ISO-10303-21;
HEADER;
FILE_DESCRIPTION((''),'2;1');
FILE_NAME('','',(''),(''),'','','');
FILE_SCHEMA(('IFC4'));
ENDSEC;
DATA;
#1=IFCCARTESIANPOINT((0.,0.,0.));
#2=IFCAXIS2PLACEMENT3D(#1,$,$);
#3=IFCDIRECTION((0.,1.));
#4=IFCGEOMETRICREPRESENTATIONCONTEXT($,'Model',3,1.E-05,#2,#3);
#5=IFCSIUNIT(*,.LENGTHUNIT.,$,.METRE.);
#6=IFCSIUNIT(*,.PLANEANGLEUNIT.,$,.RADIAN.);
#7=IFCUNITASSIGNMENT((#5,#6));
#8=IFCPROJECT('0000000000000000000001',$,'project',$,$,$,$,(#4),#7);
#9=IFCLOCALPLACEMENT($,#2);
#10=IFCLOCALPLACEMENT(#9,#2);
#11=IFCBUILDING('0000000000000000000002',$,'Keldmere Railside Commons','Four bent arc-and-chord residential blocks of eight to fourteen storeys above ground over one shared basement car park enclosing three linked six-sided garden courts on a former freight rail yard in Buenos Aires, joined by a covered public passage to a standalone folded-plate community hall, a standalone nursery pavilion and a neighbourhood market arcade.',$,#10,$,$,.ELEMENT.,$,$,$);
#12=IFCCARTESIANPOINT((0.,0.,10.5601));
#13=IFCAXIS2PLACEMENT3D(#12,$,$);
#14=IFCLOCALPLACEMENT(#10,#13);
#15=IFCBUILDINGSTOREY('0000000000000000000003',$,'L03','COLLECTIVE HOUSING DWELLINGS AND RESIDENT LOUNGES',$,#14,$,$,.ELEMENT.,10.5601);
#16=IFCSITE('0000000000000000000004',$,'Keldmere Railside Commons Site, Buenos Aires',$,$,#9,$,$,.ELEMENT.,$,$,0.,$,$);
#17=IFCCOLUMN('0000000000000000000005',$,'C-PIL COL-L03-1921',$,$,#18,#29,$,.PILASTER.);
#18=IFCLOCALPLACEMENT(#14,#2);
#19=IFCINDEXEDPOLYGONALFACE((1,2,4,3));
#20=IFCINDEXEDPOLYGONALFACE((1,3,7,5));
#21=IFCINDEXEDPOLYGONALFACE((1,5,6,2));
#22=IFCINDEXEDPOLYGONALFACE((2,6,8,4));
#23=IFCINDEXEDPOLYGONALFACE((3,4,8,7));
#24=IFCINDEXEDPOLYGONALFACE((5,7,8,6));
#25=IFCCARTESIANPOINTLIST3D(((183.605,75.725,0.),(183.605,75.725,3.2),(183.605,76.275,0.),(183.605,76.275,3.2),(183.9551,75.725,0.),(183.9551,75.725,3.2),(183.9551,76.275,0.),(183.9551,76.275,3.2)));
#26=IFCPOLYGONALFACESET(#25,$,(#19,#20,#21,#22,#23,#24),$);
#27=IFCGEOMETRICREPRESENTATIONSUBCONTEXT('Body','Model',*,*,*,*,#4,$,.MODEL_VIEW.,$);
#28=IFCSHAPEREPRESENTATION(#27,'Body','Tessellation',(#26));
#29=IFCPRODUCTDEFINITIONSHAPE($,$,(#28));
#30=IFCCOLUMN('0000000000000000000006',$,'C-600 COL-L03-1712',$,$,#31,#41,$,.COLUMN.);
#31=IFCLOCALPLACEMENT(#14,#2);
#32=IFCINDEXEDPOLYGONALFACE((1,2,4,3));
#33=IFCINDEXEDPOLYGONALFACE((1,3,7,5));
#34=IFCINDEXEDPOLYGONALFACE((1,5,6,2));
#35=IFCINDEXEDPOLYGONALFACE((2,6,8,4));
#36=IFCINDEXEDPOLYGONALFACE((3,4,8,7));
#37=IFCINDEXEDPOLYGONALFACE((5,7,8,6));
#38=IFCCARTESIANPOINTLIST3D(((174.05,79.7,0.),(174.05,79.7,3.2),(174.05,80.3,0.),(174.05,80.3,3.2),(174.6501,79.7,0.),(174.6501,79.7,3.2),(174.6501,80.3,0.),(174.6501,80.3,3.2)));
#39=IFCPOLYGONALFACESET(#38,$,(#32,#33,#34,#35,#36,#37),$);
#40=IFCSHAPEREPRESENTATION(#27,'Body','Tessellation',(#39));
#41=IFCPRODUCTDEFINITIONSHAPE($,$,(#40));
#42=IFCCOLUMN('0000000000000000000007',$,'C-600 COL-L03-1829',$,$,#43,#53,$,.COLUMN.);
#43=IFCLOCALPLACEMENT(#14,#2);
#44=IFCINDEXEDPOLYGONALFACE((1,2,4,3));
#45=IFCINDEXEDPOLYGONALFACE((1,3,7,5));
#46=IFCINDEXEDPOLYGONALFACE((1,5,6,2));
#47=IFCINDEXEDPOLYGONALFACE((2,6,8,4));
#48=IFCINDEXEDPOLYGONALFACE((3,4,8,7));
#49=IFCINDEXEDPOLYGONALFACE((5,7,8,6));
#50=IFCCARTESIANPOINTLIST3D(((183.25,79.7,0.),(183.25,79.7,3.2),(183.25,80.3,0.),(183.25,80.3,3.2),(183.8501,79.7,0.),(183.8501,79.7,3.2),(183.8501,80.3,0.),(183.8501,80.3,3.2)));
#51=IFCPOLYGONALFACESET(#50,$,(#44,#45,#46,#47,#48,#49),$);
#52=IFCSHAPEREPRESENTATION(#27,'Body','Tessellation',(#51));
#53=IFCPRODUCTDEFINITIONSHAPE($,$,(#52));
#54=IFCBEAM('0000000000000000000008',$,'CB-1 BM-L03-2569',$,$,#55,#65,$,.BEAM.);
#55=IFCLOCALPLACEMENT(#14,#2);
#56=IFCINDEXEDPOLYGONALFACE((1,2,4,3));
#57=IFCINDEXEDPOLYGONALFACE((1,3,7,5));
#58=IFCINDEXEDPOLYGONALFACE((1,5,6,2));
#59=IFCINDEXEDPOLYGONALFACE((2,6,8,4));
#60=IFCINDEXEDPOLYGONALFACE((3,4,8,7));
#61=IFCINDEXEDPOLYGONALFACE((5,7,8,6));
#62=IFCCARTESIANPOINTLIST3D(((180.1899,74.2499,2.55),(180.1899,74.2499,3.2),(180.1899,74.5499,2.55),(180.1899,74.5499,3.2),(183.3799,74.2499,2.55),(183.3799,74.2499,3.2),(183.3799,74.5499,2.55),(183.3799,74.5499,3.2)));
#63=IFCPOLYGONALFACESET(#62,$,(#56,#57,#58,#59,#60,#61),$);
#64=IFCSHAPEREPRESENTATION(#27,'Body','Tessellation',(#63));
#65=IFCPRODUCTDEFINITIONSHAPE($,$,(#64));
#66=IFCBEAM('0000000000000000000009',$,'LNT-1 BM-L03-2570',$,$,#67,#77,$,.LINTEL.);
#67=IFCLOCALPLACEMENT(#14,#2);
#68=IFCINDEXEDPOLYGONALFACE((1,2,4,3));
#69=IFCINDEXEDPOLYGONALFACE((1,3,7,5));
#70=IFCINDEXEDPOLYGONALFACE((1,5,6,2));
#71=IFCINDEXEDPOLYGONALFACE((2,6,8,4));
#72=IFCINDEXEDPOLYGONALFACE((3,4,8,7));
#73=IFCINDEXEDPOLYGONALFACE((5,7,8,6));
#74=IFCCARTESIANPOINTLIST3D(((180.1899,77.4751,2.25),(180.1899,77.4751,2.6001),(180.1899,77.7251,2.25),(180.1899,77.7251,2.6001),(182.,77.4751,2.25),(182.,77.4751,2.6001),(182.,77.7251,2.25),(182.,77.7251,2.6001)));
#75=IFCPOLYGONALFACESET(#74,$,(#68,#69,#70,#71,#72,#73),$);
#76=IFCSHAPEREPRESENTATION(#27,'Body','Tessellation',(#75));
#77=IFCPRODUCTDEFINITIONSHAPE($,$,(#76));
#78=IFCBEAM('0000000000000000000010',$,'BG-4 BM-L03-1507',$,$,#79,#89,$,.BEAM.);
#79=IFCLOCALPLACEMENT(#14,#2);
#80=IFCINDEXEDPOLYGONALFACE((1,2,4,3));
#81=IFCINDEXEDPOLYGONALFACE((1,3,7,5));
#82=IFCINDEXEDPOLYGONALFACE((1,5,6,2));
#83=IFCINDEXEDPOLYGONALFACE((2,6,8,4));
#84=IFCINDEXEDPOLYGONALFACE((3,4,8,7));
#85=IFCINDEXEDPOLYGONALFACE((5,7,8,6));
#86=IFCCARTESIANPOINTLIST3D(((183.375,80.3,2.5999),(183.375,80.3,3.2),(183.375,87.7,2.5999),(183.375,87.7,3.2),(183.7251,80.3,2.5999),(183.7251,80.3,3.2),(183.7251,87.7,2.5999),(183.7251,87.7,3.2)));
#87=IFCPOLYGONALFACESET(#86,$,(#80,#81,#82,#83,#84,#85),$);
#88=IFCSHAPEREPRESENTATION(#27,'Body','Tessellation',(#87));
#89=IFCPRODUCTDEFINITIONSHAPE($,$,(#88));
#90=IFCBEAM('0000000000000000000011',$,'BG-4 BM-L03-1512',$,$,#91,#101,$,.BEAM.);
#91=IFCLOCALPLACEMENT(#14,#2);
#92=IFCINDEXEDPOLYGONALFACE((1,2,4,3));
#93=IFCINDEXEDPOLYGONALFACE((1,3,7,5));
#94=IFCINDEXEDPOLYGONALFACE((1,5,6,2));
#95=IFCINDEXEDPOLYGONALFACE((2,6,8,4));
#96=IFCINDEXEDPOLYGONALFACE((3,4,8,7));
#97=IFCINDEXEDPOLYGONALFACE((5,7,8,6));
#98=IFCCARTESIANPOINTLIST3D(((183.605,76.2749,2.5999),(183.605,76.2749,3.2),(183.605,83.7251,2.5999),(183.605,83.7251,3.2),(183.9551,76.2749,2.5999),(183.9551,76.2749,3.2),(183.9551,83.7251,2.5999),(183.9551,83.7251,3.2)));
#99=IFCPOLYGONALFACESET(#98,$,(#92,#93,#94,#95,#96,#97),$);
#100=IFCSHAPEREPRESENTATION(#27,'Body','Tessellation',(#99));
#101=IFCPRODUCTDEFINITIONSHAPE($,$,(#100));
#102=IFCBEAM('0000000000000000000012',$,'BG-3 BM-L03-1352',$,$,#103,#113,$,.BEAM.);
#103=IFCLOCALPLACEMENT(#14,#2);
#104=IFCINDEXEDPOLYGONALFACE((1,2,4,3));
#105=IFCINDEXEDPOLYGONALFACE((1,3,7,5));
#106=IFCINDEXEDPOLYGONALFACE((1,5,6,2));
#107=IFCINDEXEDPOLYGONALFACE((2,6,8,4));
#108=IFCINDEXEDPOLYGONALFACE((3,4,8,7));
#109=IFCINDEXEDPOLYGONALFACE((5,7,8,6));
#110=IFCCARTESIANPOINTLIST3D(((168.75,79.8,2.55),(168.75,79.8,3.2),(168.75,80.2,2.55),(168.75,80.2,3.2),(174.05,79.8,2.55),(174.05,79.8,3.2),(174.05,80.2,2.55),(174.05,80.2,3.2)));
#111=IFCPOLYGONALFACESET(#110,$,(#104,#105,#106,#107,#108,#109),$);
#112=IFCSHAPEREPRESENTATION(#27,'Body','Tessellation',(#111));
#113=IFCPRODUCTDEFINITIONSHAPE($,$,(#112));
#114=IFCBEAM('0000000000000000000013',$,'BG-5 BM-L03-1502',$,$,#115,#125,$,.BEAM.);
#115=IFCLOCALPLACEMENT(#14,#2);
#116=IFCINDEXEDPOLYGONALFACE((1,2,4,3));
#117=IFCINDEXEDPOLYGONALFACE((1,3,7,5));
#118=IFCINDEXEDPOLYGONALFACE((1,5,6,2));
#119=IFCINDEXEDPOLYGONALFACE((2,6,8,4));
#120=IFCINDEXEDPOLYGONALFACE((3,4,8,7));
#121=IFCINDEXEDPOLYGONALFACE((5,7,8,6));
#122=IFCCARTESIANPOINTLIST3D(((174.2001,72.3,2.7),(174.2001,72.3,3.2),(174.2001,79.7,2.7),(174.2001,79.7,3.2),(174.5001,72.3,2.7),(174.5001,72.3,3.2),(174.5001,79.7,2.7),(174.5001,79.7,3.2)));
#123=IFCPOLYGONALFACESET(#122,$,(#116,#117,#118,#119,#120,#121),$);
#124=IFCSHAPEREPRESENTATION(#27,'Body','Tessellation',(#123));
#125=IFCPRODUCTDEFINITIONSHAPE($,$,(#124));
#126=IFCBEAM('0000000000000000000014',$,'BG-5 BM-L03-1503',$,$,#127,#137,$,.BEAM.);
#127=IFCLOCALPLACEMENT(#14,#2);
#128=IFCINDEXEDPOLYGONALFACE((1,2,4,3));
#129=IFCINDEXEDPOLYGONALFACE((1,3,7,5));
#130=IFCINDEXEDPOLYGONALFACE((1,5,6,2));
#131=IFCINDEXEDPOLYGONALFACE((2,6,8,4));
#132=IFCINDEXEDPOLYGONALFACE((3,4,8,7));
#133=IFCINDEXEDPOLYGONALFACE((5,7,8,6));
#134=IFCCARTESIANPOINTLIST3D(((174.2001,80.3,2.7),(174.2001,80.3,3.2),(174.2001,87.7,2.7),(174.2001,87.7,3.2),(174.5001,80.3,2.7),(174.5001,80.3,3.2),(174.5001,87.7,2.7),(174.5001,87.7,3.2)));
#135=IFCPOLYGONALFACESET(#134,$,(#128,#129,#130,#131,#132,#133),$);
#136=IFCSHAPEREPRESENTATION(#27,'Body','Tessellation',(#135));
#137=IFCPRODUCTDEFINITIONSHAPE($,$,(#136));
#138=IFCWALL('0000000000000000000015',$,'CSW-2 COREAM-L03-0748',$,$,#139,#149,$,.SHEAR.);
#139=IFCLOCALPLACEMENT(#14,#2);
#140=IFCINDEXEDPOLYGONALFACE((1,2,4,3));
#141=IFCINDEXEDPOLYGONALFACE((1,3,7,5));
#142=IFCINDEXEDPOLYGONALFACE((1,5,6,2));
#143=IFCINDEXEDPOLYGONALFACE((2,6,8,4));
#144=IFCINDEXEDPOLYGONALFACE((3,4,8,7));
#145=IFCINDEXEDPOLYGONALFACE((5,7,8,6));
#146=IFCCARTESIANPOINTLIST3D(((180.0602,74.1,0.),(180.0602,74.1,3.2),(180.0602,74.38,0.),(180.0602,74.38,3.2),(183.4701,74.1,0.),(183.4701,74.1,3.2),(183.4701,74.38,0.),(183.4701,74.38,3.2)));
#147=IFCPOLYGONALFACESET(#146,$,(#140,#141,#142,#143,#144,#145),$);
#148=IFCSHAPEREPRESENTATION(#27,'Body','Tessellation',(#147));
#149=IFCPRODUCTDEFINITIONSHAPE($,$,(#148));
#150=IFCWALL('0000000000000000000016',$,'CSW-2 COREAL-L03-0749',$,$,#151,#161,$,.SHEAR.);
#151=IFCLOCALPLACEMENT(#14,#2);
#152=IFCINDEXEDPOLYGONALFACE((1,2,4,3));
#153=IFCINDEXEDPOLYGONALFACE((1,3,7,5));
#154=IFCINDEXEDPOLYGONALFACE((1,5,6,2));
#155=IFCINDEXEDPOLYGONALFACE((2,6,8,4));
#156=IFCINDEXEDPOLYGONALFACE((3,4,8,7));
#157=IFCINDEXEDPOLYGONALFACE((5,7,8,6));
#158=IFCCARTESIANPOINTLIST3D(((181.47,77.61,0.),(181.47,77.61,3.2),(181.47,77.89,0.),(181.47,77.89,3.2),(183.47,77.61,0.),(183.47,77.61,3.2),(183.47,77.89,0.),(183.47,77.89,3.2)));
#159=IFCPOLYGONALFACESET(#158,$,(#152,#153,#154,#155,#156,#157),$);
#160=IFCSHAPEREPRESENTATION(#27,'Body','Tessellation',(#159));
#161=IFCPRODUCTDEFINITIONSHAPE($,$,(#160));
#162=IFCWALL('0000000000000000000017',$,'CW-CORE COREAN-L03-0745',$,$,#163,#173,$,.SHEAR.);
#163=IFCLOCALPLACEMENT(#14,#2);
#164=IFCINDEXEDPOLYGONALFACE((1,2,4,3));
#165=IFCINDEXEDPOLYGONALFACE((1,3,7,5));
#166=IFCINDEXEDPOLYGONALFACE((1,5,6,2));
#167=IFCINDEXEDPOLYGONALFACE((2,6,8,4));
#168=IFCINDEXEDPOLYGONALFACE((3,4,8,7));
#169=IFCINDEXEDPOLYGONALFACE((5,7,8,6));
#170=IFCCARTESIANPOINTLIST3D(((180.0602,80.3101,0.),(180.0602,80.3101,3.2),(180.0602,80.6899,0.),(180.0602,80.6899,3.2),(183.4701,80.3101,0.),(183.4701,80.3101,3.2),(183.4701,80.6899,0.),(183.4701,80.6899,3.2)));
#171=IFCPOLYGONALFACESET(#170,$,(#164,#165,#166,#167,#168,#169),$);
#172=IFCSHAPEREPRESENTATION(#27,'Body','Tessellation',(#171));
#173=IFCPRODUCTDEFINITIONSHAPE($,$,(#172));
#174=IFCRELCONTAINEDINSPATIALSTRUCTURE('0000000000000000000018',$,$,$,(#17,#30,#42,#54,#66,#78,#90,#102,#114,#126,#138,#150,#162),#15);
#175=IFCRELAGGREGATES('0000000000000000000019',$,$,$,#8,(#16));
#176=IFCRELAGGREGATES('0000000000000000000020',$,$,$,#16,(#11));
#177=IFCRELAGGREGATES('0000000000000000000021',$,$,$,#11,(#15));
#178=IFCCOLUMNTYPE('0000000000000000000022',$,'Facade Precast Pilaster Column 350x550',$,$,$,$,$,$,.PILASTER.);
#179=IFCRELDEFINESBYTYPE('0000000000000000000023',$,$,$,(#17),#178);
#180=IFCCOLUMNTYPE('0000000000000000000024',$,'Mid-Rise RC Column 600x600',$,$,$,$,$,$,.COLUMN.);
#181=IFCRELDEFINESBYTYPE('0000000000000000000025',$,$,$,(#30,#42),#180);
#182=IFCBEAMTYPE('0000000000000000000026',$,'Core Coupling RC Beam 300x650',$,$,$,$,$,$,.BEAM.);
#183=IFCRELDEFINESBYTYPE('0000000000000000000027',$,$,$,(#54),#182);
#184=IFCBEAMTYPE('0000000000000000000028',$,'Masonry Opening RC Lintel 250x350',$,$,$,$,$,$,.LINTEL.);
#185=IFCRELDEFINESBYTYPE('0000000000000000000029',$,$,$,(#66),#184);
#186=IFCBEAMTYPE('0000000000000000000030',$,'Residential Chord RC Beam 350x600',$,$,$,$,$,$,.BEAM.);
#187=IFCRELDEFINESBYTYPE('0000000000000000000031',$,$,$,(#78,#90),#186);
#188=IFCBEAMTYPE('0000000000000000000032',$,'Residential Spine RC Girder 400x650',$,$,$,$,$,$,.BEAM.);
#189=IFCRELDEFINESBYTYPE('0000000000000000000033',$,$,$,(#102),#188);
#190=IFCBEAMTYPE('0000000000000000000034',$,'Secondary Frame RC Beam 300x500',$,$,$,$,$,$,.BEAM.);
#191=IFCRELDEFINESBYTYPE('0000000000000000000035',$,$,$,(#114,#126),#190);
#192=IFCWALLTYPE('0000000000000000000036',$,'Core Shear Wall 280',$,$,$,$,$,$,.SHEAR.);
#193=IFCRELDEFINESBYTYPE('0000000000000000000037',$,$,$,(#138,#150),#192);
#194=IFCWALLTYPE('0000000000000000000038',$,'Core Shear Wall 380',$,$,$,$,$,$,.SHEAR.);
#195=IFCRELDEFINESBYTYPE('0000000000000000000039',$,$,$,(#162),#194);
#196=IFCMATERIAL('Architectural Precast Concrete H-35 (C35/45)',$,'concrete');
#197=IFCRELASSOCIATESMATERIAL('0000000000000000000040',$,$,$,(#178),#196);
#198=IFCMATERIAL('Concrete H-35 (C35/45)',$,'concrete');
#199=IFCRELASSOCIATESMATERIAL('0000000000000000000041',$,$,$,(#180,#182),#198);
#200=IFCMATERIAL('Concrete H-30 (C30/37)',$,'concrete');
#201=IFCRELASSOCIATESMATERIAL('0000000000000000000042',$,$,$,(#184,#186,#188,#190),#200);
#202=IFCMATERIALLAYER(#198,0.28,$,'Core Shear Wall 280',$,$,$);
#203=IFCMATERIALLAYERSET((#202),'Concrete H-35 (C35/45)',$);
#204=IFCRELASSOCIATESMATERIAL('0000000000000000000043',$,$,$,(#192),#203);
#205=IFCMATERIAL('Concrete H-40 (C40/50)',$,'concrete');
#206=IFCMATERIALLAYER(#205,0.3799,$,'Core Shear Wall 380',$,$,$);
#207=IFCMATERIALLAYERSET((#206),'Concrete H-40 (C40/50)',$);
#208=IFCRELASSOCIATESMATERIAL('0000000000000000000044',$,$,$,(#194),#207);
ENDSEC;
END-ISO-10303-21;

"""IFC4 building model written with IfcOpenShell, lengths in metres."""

from ifc_helpers import new_model, si_unit, direction, frame, frame_2d, origin, origin_2d, place, context, subcontext, project, spatial, rectangle, extrude, material, layer, layer_set, material_profile, profile_set, type_object, element, save


model = new_model("IFC4")

# Units and contexts
model_context = context("Model", 3, precision=1e-05, world=origin(), true_north=direction((0.0, 1.0)))
body_context = subcontext(model_context, "Body", "Model", "MODEL_VIEW")
ifc_project = project(units=[si_unit("LENGTHUNIT", "METRE"), si_unit("PLANEANGLEUNIT", "RADIAN")], contexts=[model_context])

# Site, building, storey
site_placement = place(None, origin())
site = spatial("IfcSite", under=ifc_project, at=site_placement, Name="Keldmere Railside Commons Site, Buenos Aires", CompositionType="ELEMENT", RefElevation=0.0)
building_placement = place(site_placement, origin())
building = spatial("IfcBuilding", under=site, at=building_placement, Name="Keldmere Railside Commons", Description="Four bent arc-and-chord residential blocks of eight to fourteen storeys above ground over one shared basement car park enclosing three linked six-sided garden courts on a former freight rail yard in Buenos Aires, joined by a covered public passage to a standalone folded-plate community hall, a standalone nursery pavilion and a neighbourhood market arcade.", CompositionType="ELEMENT")
storey_placement = place(building_placement, frame((0.0, 0.0, 10.5601)))
storey = spatial("IfcBuildingStorey", under=building, at=storey_placement, Name="L03", Description="COLLECTIVE HOUSING DWELLINGS AND RESIDENT LOUNGES", CompositionType="ELEMENT", Elevation=10.5601)

# Columns
ifc_material_1 = material(Name="Architectural Precast Concrete H-35 (C35/45)", Category="concrete")
ifc_material_profile_1 = material_profile(ifc_material_1, rectangle(XDim=0.3501, YDim=0.55, at=origin_2d()), Name="RC-350x550")
ifc_profile_set_1 = profile_set([ifc_material_profile_1], Name="Architectural Precast Concrete H-35 (C35/45)")
column_type_1 = type_object("IfcColumnType", Name="Facade Precast Pilaster Column 350x550", PredefinedType="PILASTER", material=ifc_profile_set_1)
column_placement = place(storey_placement, frame((183.78, 76.0, 0.0), z_axis=(0.0, 0.0, 1.0), x_axis=(1.0, 0.0, 0.0)))
element("IfcColumn", 1, at=column_placement, inside=storey, type_object=column_type_1, Name="C-PIL COL-L03-1921", PredefinedType="PILASTER", context=body_context, shape_type="SweptSolid", body=[
    extrude(rectangle(XDim=0.3501, YDim=0.55, at=origin_2d()), origin(), (0.0, 0.0, 1.0), 3.2),
])
ifc_material_2 = material(Name="Concrete H-35 (C35/45)", Category="concrete")
ifc_material_profile_2 = material_profile(ifc_material_2, rectangle(XDim=0.6001, YDim=0.6001, at=origin_2d()), Name="RC-600x600")
ifc_profile_set_2 = profile_set([ifc_material_profile_2], Name="Concrete H-35 (C35/45)")
column_type_2 = type_object("IfcColumnType", Name="Mid-Rise RC Column 600x600", PredefinedType="COLUMN", material=ifc_profile_set_2)
for number, where, z_axis, x_axis, name in (
    (2, (174.3501, 80.0, 0.0), (0.0, 0.0, 1.0), (1.0, 0.0, 0.0), "C-600 COL-L03-1712"),
    (3, (183.55, 80.0, 0.0), (0.0, 0.0, 1.0), (1.0, 0.0, 0.0), "C-600 COL-L03-1829"),
):
    element("IfcColumn", number, at=place(storey_placement, frame(where, z_axis=z_axis, x_axis=x_axis)), inside=storey, type_object=column_type_2, Name=name, PredefinedType="COLUMN", context=body_context, shape_type="SweptSolid", body=[
        extrude(rectangle(XDim=0.6001, YDim=0.6001, at=origin_2d()), origin(), (0.0, 0.0, 1.0), 3.2),
    ])

# Beams
ifc_material_profile_3 = material_profile(ifc_material_2, rectangle(XDim=0.3, YDim=0.6499, at=origin_2d()), Name="RC-300x650")
ifc_profile_set_3 = profile_set([ifc_material_profile_3], Name="Concrete H-35 (C35/45)")
beam_type_1 = type_object("IfcBeamType", Name="Core Coupling RC Beam 300x650", PredefinedType="BEAM", material=ifc_profile_set_3)
beam_1_placement = place(storey_placement, frame((180.1899, 74.3999, 2.875), z_axis=(1.0, 0.0, 0.0), x_axis=(0.0, 1.0, 0.0)))
element("IfcBeam", 4, at=beam_1_placement, inside=storey, type_object=beam_type_1, Name="CB-1 BM-L03-2569", PredefinedType="BEAM", context=body_context, shape_type="SweptSolid", body=[
    extrude(rectangle(XDim=0.3, YDim=0.6499, at=origin_2d()), origin(), (0.0, 0.0, 1.0), 3.1899),
])
ifc_material_3 = material(Name="Concrete H-30 (C30/37)", Category="concrete")
ifc_material_profile_4 = material_profile(ifc_material_3, rectangle(XDim=0.25, YDim=0.3501, at=origin_2d()), Name="RC-250x350")
ifc_profile_set_4 = profile_set([ifc_material_profile_4], Name="Concrete H-30 (C30/37)")
beam_type_2 = type_object("IfcBeamType", Name="Masonry Opening RC Lintel 250x350", PredefinedType="LINTEL", material=ifc_profile_set_4)
beam_2_placement = place(storey_placement, frame((180.1899, 77.6001, 2.425), z_axis=(1.0, 0.0, 0.0), x_axis=(0.0, 1.0, 0.0)))
element("IfcBeam", 5, at=beam_2_placement, inside=storey, type_object=beam_type_2, Name="LNT-1 BM-L03-2570", PredefinedType="LINTEL", context=body_context, shape_type="SweptSolid", body=[
    extrude(rectangle(XDim=0.25, YDim=0.3501, at=origin_2d()), origin(), (0.0, 0.0, 1.0), 1.8101),
])
ifc_material_profile_5 = material_profile(ifc_material_3, rectangle(XDim=0.3501, YDim=0.6001, at=origin_2d()), Name="RC-350x600")
ifc_profile_set_5 = profile_set([ifc_material_profile_5], Name="Concrete H-30 (C30/37)")
beam_type_3 = type_object("IfcBeamType", Name="Residential Chord RC Beam 350x600", PredefinedType="BEAM", material=ifc_profile_set_5)
beam_3_placement = place(storey_placement, frame((183.55, 80.3, 2.8999), z_axis=(0.0, 1.0, 0.0), x_axis=(-1.0, 0.0, 0.0)))
element("IfcBeam", 6, at=beam_3_placement, inside=storey, type_object=beam_type_3, Name="BG-4 BM-L03-1507", PredefinedType="BEAM", context=body_context, shape_type="SweptSolid", body=[
    extrude(rectangle(XDim=0.3501, YDim=0.6001, at=origin_2d()), origin(), (0.0, 0.0, 1.0), 7.3999),
])
beam_4_placement = place(storey_placement, frame((183.78, 76.2749, 2.8999), z_axis=(0.0, 1.0, 0.0), x_axis=(-1.0, 0.0, 0.0)))
element("IfcBeam", 7, at=beam_4_placement, inside=storey, type_object=beam_type_3, Name="BG-4 BM-L03-1512", PredefinedType="BEAM", context=body_context, shape_type="SweptSolid", body=[
    extrude(rectangle(XDim=0.3501, YDim=0.6001, at=origin_2d()), origin(), (0.0, 0.0, 1.0), 7.4502),
])
ifc_material_profile_6 = material_profile(ifc_material_3, rectangle(XDim=0.3999, YDim=0.6499, at=origin_2d()), Name="RC-400x650")
ifc_profile_set_6 = profile_set([ifc_material_profile_6], Name="Concrete H-30 (C30/37)")
beam_type_4 = type_object("IfcBeamType", Name="Residential Spine RC Girder 400x650", PredefinedType="BEAM", material=ifc_profile_set_6)
beam_5_placement = place(storey_placement, frame((168.75, 80.0, 2.875), z_axis=(1.0, 0.0, 0.0), x_axis=(0.0, 1.0, 0.0)))
element("IfcBeam", 8, at=beam_5_placement, inside=storey, type_object=beam_type_4, Name="BG-3 BM-L03-1352", PredefinedType="BEAM", context=body_context, shape_type="SweptSolid", body=[
    extrude(rectangle(XDim=0.3999, YDim=0.6499, at=origin_2d()), origin(), (0.0, 0.0, 1.0), 5.3),
])
ifc_material_profile_7 = material_profile(ifc_material_3, rectangle(XDim=0.3, YDim=0.5, at=origin_2d()), Name="RC-300x500")
ifc_profile_set_7 = profile_set([ifc_material_profile_7], Name="Concrete H-30 (C30/37)")
beam_type_5 = type_object("IfcBeamType", Name="Secondary Frame RC Beam 300x500", PredefinedType="BEAM", material=ifc_profile_set_7)
for number, where, z_axis, x_axis, name in (
    (9, (174.3501, 72.3, 2.95), (0.0, 1.0, 0.0), (-1.0, 0.0, 0.0), "BG-5 BM-L03-1502"),
    (10, (174.3501, 80.3, 2.95), (0.0, 1.0, 0.0), (-1.0, 0.0, 0.0), "BG-5 BM-L03-1503"),
):
    element("IfcBeam", number, at=place(storey_placement, frame(where, z_axis=z_axis, x_axis=x_axis)), inside=storey, type_object=beam_type_5, Name=name, PredefinedType="BEAM", context=body_context, shape_type="SweptSolid", body=[
        extrude(rectangle(XDim=0.3, YDim=0.5, at=origin_2d()), origin(), (0.0, 0.0, 1.0), 7.3999),
    ])

# Walls
ifc_layer_1 = layer(ifc_material_2, 0.28, Name="Core Shear Wall 280")
ifc_layer_set_1 = layer_set([ifc_layer_1], Name="Concrete H-35 (C35/45)")
wall_type_1 = type_object("IfcWallType", Name="Core Shear Wall 280", PredefinedType="SHEAR", material=ifc_layer_set_1)
wall_1_placement = place(storey_placement, frame((180.0601, 74.24, 0.0), z_axis=(0.0, 0.0, 1.0), x_axis=(1.0, 0.0, 0.0)))
element("IfcWall", 11, at=wall_1_placement, inside=storey, type_object=wall_type_1, Name="CSW-2 COREAM-L03-0748", PredefinedType="SHEAR", context=body_context, shape_type="SweptSolid", body=[
    extrude(rectangle(XDim=3.4099, YDim=0.28, at=frame_2d((1.7051, 0.0))), origin(), (0.0, 0.0, 1.0), 3.2),
])
wall_2_placement = place(storey_placement, frame((181.47, 77.75, 0.0), z_axis=(0.0, 0.0, 1.0), x_axis=(1.0, 0.0, 0.0)))
element("IfcWall", 12, at=wall_2_placement, inside=storey, type_object=wall_type_1, Name="CSW-2 COREAL-L03-0749", PredefinedType="SHEAR", context=body_context, shape_type="SweptSolid", body=[
    extrude(rectangle(XDim=2.0, YDim=0.28, at=frame_2d((1.0, 0.0))), origin(), (0.0, 0.0, 1.0), 3.2),
])

# Wall
ifc_material_4 = material(Name="Concrete H-40 (C40/50)", Category="concrete")
ifc_layer_2 = layer(ifc_material_4, 0.3799, Name="Core Shear Wall 380")
ifc_layer_set_2 = layer_set([ifc_layer_2], Name="Concrete H-40 (C40/50)")
wall_type_2 = type_object("IfcWallType", Name="Core Shear Wall 380", PredefinedType="SHEAR", material=ifc_layer_set_2)
wall_3_placement = place(storey_placement, frame((180.0601, 80.5, 0.0), z_axis=(0.0, 0.0, 1.0), x_axis=(1.0, 0.0, 0.0)))
element("IfcWall", 13, at=wall_3_placement, inside=storey, type_object=wall_type_2, Name="CW-CORE COREAN-L03-0745", PredefinedType="SHEAR", context=body_context, shape_type="SweptSolid", body=[
    extrude(rectangle(XDim=3.4099, YDim=0.3799, at=frame_2d((1.7051, 0.0))), origin(), (0.0, 0.0, 1.0), 3.2),
])

save(model, "model.ifc")
